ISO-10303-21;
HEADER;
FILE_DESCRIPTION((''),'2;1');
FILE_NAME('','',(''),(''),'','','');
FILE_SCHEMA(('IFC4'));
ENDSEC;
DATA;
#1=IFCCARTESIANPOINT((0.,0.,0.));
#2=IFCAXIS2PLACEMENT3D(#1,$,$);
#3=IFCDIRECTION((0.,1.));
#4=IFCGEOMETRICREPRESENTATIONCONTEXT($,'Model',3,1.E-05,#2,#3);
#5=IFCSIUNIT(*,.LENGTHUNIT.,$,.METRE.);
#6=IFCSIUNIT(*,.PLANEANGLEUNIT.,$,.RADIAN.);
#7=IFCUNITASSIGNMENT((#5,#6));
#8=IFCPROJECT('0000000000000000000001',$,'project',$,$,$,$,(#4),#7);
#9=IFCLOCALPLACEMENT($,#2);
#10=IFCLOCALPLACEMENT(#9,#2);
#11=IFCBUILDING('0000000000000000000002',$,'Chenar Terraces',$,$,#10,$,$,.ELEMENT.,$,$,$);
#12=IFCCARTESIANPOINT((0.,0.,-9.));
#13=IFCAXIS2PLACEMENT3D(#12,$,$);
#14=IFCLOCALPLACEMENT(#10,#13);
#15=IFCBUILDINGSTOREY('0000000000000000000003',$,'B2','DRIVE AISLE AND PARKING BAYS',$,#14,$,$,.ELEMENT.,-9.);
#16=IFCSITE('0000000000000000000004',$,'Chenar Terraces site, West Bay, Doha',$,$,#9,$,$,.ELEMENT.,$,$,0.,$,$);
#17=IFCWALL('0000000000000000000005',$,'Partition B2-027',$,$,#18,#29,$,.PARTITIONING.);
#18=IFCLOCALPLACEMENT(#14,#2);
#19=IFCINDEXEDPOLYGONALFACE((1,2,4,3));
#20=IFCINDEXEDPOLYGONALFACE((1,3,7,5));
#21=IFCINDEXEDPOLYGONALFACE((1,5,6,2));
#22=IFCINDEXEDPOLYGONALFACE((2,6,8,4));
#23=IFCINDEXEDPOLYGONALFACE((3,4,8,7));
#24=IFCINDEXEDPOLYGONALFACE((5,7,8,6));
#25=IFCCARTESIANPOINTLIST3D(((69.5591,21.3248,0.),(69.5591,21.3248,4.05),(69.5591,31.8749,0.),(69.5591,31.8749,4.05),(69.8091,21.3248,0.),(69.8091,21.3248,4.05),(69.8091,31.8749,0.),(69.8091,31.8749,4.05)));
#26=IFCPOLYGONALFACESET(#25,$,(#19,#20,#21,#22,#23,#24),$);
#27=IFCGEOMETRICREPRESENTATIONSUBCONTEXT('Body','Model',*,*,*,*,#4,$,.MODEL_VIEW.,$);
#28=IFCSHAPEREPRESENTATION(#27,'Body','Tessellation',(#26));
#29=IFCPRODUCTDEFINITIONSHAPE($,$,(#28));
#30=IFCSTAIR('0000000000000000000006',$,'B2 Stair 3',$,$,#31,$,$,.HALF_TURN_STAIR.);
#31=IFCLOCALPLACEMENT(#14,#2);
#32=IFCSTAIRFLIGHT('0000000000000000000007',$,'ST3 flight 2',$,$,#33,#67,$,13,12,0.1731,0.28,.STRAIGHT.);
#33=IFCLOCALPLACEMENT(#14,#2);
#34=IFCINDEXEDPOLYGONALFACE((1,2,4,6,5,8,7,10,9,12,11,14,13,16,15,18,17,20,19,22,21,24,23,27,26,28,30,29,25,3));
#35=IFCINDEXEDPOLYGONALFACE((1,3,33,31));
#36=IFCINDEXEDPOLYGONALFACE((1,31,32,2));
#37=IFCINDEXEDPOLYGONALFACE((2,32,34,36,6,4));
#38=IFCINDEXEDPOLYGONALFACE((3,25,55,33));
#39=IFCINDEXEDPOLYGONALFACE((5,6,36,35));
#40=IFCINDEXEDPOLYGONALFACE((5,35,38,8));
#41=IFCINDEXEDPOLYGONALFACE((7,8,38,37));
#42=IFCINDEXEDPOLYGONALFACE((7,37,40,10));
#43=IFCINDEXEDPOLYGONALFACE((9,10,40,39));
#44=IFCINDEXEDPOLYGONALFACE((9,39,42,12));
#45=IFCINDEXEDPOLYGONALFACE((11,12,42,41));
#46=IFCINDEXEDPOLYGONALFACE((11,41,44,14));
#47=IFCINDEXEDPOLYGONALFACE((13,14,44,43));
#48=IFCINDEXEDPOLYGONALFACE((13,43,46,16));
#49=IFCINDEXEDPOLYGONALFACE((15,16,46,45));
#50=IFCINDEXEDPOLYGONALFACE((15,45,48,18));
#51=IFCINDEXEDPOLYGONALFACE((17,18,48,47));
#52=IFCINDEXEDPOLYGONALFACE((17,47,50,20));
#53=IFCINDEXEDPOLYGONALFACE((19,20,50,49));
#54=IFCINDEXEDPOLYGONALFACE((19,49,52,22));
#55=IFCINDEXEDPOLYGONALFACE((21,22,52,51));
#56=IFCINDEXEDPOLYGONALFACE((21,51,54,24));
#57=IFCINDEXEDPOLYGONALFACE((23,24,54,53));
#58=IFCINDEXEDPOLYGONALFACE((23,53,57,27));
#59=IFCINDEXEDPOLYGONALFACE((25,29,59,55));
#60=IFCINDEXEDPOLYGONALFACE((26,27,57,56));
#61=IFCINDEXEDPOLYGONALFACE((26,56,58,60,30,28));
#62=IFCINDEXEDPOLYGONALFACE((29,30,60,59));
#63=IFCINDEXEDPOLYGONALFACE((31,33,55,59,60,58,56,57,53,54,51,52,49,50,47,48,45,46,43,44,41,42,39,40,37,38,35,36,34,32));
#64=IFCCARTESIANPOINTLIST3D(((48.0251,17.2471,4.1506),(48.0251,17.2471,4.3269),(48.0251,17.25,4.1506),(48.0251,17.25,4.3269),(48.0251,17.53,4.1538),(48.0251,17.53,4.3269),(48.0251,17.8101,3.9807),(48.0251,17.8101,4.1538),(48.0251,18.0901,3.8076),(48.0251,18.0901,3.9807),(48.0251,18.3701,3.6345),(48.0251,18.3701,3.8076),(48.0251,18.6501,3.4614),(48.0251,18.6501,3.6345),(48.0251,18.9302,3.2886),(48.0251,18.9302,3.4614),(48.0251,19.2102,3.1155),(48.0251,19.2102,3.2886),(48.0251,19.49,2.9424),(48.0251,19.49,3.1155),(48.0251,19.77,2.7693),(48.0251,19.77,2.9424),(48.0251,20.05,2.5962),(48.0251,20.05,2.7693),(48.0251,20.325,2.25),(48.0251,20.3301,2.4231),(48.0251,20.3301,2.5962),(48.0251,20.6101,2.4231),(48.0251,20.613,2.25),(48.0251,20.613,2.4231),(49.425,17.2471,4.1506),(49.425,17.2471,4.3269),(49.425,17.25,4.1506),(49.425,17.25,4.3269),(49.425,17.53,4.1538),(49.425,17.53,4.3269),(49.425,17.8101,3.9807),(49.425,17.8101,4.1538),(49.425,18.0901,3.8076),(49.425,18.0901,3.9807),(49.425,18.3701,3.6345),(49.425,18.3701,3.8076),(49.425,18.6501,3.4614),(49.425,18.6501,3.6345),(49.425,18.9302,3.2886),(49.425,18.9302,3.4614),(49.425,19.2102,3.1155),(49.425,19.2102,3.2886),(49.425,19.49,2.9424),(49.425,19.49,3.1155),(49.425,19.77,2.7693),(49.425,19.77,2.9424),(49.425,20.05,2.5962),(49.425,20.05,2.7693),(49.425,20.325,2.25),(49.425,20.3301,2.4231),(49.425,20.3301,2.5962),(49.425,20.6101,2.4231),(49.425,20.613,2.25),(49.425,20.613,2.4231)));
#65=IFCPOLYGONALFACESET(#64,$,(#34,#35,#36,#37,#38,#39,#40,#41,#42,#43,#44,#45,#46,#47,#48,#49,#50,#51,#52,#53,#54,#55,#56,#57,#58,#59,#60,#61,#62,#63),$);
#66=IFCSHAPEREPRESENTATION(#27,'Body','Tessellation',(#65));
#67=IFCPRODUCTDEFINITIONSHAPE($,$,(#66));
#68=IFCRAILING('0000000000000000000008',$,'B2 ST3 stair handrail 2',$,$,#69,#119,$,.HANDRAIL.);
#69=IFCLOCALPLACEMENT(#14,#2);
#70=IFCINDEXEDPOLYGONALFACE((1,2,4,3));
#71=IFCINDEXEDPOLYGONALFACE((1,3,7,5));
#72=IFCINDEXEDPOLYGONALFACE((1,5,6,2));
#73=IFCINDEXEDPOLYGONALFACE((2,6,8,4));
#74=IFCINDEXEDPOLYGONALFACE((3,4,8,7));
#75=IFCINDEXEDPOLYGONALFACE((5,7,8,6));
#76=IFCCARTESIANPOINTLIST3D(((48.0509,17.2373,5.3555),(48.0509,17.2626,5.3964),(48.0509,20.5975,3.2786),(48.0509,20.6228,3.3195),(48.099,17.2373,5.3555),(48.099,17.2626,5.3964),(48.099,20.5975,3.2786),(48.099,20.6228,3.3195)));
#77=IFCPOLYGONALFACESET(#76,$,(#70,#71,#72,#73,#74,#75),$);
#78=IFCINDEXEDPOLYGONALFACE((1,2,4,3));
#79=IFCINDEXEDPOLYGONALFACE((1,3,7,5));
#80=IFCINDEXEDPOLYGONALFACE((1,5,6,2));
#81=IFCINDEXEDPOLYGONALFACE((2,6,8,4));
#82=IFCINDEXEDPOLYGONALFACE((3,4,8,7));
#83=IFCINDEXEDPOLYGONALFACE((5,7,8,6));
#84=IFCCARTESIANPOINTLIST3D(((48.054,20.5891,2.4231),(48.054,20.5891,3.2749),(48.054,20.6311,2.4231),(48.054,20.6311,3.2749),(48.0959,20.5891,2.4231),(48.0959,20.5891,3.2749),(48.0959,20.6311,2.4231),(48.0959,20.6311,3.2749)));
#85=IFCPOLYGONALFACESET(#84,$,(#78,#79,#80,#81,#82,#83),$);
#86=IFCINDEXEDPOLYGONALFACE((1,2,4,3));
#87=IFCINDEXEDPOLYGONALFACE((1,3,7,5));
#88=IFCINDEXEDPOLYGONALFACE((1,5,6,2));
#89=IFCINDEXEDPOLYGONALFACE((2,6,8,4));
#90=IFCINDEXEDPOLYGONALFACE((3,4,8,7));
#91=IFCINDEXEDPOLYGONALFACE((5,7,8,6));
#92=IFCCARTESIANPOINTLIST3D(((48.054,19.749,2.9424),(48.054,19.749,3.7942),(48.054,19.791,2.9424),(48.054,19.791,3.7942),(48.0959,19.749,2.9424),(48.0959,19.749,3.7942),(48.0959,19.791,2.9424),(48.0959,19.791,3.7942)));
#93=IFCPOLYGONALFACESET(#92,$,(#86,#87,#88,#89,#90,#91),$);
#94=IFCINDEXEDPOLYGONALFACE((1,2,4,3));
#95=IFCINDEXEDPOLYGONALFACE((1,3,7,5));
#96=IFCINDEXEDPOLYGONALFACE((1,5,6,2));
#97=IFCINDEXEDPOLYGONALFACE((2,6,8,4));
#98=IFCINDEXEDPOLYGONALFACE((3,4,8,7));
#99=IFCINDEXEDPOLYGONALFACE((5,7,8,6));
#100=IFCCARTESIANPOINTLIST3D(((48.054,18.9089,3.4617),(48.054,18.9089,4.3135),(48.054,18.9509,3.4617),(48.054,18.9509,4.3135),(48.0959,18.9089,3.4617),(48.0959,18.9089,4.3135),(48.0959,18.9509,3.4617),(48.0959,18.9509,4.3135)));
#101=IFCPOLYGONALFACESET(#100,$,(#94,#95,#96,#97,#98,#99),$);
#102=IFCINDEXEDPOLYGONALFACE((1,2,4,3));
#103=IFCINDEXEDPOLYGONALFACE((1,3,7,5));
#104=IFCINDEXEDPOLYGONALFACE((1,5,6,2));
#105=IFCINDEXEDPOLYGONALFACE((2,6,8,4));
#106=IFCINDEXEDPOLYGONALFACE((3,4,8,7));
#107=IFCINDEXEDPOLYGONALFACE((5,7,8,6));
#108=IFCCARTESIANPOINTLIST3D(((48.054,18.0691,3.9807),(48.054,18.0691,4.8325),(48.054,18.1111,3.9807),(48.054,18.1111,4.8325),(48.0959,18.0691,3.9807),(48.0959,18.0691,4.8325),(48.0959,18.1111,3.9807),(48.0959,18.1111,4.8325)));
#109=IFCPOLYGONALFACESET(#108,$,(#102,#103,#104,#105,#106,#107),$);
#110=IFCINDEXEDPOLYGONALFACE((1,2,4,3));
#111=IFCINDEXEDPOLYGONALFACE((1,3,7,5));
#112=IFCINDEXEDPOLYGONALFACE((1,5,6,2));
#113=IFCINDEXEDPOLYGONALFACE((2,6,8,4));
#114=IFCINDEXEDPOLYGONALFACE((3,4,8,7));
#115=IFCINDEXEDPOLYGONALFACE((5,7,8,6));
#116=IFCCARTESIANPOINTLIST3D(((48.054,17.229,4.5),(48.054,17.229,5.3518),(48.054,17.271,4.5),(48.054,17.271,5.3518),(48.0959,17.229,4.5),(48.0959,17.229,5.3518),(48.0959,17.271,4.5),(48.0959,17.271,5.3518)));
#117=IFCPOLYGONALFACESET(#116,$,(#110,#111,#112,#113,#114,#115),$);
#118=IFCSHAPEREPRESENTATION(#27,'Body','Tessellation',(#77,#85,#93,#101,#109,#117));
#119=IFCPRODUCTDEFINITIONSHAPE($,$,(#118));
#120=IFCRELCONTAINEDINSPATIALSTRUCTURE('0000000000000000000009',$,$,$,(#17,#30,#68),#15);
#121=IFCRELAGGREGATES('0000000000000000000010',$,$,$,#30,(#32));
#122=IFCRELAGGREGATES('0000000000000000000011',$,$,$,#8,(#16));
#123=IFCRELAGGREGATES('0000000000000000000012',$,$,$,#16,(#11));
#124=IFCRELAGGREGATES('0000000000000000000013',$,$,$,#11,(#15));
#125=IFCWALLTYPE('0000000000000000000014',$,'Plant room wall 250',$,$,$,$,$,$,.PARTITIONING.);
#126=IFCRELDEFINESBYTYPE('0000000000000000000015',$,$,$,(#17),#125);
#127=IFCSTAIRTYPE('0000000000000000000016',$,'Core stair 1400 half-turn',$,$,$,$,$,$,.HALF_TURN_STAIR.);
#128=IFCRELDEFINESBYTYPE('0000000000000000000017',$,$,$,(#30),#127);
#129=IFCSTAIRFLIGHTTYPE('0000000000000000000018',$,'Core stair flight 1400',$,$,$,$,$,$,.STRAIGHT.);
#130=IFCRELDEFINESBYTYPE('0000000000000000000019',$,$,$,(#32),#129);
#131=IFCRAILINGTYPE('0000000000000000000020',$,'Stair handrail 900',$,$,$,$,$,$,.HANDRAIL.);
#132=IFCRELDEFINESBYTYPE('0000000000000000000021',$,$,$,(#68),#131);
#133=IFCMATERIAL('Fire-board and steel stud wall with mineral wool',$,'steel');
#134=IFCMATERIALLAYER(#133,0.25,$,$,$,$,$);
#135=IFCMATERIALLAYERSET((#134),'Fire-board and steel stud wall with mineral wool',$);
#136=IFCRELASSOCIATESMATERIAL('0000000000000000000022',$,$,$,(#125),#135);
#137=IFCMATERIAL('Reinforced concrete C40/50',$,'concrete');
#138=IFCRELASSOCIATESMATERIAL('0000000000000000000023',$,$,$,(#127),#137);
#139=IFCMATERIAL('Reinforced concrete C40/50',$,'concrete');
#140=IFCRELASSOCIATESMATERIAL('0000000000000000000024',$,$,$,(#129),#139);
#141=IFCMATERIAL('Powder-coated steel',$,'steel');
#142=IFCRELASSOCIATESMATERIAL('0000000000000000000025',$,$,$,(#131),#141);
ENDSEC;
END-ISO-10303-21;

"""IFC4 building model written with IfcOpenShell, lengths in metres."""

from ifc_helpers import new_model, si_unit, direction, frame, frame_2d, origin, origin_2d, place, context, subcontext, project, spatial, polyline, rectangle, outline, extrude, material, layer, layer_set, type_object, element, aggregate, save


model = new_model("IFC4")

# Units and contexts
model_context = context("Model", 3, precision=1e-05, world=origin(), true_north=direction((0.0, 1.0)))
body_context = subcontext(model_context, "Body", "Model", "MODEL_VIEW")
ifc_project = project(units=[si_unit("LENGTHUNIT", "METRE"), si_unit("PLANEANGLEUNIT", "RADIAN")], contexts=[model_context])

# Site, building, storey
site_placement = place(None, origin())
site = spatial("IfcSite", under=ifc_project, at=site_placement, Name="Chenar Terraces site, West Bay, Doha", CompositionType="ELEMENT", RefElevation=0.0)
building_placement = place(site_placement, origin())
building = spatial("IfcBuilding", under=site, at=building_placement, Name="Chenar Terraces", CompositionType="ELEMENT")
storey_placement = place(building_placement, frame((0.0, 0.0, -9.0)))
storey = spatial("IfcBuildingStorey", under=building, at=storey_placement, Name="B2", Description="DRIVE AISLE AND PARKING BAYS", CompositionType="ELEMENT", Elevation=-9.0)

# Shared definitions
ifc_material_1 = material(Name="Fire-board and steel stud wall with mineral wool", Category="steel")
ifc_layer_1 = layer(ifc_material_1, 0.25)
ifc_layer_set_1 = layer_set([ifc_layer_1], Name="Fire-board and steel stud wall with mineral wool")
wall_type_1 = type_object("IfcWallType", Name="Plant room wall 250", PredefinedType="PARTITIONING", material=ifc_layer_set_1)

# Wall
for number, where, z_axis, x_axis, name in (
    (1, (69.6841, 21.325, 0.0), (0.0, 0.0, 1.0), (0.0, 1.0, 0.0), "Partition B2-027"),
):
    element("IfcWall", number, at=place(storey_placement, frame(where, z_axis=z_axis, x_axis=x_axis)), inside=storey, type_object=wall_type_1, Name=name, PredefinedType="PARTITIONING", context=body_context, shape_type="SweptSolid", body=[
        extrude(rectangle(XDim=10.55, YDim=0.25, at=frame_2d((5.2749, 0.0))), origin(), (0.0, 0.0, 1.0), 4.05),
    ])

# Stair, stair flight
ifc_material_2 = material(Name="Reinforced concrete C40/50", Category="concrete")
stair_type = type_object("IfcStairType", Name="Core stair 1400 half-turn", PredefinedType="HALF_TURN_STAIR", material=ifc_material_2)
stair_placement = place(storey_placement, origin())
stair = element("IfcStair", 2, at=stair_placement, inside=storey, type_object=stair_type, Name="B2 Stair 3", PredefinedType="HALF_TURN_STAIR")
ifc_material_3 = material(Name="Reinforced concrete C40/50", Category="concrete")
stair_flight_type = type_object("IfcStairFlightType", Name="Core stair flight 1400", PredefinedType="STRAIGHT", material=ifc_material_3)
stair_flight_placement = place(storey_placement, frame((48.7251, 20.6101, 2.25), z_axis=(0.0, 0.0, 1.0), x_axis=(0.0, -1.0, 0.0)))
stair_flight = element("IfcStairFlight", 3, at=stair_flight_placement, type_object=stair_flight_type, Name="ST3 flight 2", NumberOfRisers=13, NumberOfTreads=12, PredefinedType="STRAIGHT", RiserHeight=0.1731, TreadLength=0.28, context=body_context, shape_type="SweptSolid", body=[
    extrude(outline(polyline([(-0.0029, 0.0), (-0.0029, 0.1731), (0.0, 0.1731), (0.28, 0.1731), (0.28, 0.3462), (0.5601, 0.3462), (0.5601, 0.5193), (0.8401, 0.5193), (0.8401, 0.6924), (1.1201, 0.6924), (1.1201, 0.8655), (1.3999, 0.8655), (1.3999, 1.0386), (1.6799, 1.0386), (1.6799, 1.2114), (1.96, 1.2114), (1.96, 1.3845), (2.24, 1.3845), (2.24, 1.5576), (2.52, 1.5576), (2.52, 1.7307), (2.8, 1.7307), (2.8, 1.9038), (3.0801, 1.9038), (3.0801, 2.0769), (3.3601, 2.0769), (3.363, 2.0769), (3.363, 1.9006), (3.3601, 1.9006), (0.2852, 0.0), (-0.0029, 0.0)])), frame((0.0, 0.7, 0.0), z_axis=(0.0, -1.0, 0.0), x_axis=(1.0, 0.0, 0.0)), (0.0, 0.0, 1.0), 1.3999),
])
aggregate(stair, [stair_flight])

# Railing
ifc_material_4 = material(Name="Powder-coated steel", Category="steel")
railing_type = type_object("IfcRailingType", Name="Stair handrail 900", PredefinedType="HANDRAIL", material=ifc_material_4)
railing_placement = place(storey_placement, frame((48.075, 20.6101, 2.4231)))
element("IfcRailing", 4, at=railing_placement, inside=storey, type_object=railing_type, Name="B2 ST3 stair handrail 2", PredefinedType="HANDRAIL", context=body_context, shape_type="SweptSolid", body=[
    extrude(rectangle(XDim=0.0481, YDim=0.0481, at=origin_2d()), frame((0.0, 0.0, 0.876), z_axis=(0.0, -0.850623, 0.525776), x_axis=(1.0, 0.0, 0.0)), (0.0, 0.0, 1.0), 3.9502),
    extrude(rectangle(XDim=0.042, YDim=0.042, at=origin_2d()), origin(), (0.0, 0.0, 1.0), 0.8518),
    extrude(rectangle(XDim=0.042, YDim=0.042, at=origin_2d()), frame((0.0, -0.8401, 0.5193)), (0.0, 0.0, 1.0), 0.8518),
    extrude(rectangle(XDim=0.042, YDim=0.042, at=origin_2d()), frame((0.0, -1.6802, 1.0386)), (0.0, 0.0, 1.0), 0.8518),
    extrude(rectangle(XDim=0.042, YDim=0.042, at=origin_2d()), frame((0.0, -2.52, 1.5576)), (0.0, 0.0, 1.0), 0.8518),
    extrude(rectangle(XDim=0.042, YDim=0.042, at=origin_2d()), frame((0.0, -3.3601, 2.0769)), (0.0, 0.0, 1.0), 0.8518),
])

save(model, "model.ifc")
